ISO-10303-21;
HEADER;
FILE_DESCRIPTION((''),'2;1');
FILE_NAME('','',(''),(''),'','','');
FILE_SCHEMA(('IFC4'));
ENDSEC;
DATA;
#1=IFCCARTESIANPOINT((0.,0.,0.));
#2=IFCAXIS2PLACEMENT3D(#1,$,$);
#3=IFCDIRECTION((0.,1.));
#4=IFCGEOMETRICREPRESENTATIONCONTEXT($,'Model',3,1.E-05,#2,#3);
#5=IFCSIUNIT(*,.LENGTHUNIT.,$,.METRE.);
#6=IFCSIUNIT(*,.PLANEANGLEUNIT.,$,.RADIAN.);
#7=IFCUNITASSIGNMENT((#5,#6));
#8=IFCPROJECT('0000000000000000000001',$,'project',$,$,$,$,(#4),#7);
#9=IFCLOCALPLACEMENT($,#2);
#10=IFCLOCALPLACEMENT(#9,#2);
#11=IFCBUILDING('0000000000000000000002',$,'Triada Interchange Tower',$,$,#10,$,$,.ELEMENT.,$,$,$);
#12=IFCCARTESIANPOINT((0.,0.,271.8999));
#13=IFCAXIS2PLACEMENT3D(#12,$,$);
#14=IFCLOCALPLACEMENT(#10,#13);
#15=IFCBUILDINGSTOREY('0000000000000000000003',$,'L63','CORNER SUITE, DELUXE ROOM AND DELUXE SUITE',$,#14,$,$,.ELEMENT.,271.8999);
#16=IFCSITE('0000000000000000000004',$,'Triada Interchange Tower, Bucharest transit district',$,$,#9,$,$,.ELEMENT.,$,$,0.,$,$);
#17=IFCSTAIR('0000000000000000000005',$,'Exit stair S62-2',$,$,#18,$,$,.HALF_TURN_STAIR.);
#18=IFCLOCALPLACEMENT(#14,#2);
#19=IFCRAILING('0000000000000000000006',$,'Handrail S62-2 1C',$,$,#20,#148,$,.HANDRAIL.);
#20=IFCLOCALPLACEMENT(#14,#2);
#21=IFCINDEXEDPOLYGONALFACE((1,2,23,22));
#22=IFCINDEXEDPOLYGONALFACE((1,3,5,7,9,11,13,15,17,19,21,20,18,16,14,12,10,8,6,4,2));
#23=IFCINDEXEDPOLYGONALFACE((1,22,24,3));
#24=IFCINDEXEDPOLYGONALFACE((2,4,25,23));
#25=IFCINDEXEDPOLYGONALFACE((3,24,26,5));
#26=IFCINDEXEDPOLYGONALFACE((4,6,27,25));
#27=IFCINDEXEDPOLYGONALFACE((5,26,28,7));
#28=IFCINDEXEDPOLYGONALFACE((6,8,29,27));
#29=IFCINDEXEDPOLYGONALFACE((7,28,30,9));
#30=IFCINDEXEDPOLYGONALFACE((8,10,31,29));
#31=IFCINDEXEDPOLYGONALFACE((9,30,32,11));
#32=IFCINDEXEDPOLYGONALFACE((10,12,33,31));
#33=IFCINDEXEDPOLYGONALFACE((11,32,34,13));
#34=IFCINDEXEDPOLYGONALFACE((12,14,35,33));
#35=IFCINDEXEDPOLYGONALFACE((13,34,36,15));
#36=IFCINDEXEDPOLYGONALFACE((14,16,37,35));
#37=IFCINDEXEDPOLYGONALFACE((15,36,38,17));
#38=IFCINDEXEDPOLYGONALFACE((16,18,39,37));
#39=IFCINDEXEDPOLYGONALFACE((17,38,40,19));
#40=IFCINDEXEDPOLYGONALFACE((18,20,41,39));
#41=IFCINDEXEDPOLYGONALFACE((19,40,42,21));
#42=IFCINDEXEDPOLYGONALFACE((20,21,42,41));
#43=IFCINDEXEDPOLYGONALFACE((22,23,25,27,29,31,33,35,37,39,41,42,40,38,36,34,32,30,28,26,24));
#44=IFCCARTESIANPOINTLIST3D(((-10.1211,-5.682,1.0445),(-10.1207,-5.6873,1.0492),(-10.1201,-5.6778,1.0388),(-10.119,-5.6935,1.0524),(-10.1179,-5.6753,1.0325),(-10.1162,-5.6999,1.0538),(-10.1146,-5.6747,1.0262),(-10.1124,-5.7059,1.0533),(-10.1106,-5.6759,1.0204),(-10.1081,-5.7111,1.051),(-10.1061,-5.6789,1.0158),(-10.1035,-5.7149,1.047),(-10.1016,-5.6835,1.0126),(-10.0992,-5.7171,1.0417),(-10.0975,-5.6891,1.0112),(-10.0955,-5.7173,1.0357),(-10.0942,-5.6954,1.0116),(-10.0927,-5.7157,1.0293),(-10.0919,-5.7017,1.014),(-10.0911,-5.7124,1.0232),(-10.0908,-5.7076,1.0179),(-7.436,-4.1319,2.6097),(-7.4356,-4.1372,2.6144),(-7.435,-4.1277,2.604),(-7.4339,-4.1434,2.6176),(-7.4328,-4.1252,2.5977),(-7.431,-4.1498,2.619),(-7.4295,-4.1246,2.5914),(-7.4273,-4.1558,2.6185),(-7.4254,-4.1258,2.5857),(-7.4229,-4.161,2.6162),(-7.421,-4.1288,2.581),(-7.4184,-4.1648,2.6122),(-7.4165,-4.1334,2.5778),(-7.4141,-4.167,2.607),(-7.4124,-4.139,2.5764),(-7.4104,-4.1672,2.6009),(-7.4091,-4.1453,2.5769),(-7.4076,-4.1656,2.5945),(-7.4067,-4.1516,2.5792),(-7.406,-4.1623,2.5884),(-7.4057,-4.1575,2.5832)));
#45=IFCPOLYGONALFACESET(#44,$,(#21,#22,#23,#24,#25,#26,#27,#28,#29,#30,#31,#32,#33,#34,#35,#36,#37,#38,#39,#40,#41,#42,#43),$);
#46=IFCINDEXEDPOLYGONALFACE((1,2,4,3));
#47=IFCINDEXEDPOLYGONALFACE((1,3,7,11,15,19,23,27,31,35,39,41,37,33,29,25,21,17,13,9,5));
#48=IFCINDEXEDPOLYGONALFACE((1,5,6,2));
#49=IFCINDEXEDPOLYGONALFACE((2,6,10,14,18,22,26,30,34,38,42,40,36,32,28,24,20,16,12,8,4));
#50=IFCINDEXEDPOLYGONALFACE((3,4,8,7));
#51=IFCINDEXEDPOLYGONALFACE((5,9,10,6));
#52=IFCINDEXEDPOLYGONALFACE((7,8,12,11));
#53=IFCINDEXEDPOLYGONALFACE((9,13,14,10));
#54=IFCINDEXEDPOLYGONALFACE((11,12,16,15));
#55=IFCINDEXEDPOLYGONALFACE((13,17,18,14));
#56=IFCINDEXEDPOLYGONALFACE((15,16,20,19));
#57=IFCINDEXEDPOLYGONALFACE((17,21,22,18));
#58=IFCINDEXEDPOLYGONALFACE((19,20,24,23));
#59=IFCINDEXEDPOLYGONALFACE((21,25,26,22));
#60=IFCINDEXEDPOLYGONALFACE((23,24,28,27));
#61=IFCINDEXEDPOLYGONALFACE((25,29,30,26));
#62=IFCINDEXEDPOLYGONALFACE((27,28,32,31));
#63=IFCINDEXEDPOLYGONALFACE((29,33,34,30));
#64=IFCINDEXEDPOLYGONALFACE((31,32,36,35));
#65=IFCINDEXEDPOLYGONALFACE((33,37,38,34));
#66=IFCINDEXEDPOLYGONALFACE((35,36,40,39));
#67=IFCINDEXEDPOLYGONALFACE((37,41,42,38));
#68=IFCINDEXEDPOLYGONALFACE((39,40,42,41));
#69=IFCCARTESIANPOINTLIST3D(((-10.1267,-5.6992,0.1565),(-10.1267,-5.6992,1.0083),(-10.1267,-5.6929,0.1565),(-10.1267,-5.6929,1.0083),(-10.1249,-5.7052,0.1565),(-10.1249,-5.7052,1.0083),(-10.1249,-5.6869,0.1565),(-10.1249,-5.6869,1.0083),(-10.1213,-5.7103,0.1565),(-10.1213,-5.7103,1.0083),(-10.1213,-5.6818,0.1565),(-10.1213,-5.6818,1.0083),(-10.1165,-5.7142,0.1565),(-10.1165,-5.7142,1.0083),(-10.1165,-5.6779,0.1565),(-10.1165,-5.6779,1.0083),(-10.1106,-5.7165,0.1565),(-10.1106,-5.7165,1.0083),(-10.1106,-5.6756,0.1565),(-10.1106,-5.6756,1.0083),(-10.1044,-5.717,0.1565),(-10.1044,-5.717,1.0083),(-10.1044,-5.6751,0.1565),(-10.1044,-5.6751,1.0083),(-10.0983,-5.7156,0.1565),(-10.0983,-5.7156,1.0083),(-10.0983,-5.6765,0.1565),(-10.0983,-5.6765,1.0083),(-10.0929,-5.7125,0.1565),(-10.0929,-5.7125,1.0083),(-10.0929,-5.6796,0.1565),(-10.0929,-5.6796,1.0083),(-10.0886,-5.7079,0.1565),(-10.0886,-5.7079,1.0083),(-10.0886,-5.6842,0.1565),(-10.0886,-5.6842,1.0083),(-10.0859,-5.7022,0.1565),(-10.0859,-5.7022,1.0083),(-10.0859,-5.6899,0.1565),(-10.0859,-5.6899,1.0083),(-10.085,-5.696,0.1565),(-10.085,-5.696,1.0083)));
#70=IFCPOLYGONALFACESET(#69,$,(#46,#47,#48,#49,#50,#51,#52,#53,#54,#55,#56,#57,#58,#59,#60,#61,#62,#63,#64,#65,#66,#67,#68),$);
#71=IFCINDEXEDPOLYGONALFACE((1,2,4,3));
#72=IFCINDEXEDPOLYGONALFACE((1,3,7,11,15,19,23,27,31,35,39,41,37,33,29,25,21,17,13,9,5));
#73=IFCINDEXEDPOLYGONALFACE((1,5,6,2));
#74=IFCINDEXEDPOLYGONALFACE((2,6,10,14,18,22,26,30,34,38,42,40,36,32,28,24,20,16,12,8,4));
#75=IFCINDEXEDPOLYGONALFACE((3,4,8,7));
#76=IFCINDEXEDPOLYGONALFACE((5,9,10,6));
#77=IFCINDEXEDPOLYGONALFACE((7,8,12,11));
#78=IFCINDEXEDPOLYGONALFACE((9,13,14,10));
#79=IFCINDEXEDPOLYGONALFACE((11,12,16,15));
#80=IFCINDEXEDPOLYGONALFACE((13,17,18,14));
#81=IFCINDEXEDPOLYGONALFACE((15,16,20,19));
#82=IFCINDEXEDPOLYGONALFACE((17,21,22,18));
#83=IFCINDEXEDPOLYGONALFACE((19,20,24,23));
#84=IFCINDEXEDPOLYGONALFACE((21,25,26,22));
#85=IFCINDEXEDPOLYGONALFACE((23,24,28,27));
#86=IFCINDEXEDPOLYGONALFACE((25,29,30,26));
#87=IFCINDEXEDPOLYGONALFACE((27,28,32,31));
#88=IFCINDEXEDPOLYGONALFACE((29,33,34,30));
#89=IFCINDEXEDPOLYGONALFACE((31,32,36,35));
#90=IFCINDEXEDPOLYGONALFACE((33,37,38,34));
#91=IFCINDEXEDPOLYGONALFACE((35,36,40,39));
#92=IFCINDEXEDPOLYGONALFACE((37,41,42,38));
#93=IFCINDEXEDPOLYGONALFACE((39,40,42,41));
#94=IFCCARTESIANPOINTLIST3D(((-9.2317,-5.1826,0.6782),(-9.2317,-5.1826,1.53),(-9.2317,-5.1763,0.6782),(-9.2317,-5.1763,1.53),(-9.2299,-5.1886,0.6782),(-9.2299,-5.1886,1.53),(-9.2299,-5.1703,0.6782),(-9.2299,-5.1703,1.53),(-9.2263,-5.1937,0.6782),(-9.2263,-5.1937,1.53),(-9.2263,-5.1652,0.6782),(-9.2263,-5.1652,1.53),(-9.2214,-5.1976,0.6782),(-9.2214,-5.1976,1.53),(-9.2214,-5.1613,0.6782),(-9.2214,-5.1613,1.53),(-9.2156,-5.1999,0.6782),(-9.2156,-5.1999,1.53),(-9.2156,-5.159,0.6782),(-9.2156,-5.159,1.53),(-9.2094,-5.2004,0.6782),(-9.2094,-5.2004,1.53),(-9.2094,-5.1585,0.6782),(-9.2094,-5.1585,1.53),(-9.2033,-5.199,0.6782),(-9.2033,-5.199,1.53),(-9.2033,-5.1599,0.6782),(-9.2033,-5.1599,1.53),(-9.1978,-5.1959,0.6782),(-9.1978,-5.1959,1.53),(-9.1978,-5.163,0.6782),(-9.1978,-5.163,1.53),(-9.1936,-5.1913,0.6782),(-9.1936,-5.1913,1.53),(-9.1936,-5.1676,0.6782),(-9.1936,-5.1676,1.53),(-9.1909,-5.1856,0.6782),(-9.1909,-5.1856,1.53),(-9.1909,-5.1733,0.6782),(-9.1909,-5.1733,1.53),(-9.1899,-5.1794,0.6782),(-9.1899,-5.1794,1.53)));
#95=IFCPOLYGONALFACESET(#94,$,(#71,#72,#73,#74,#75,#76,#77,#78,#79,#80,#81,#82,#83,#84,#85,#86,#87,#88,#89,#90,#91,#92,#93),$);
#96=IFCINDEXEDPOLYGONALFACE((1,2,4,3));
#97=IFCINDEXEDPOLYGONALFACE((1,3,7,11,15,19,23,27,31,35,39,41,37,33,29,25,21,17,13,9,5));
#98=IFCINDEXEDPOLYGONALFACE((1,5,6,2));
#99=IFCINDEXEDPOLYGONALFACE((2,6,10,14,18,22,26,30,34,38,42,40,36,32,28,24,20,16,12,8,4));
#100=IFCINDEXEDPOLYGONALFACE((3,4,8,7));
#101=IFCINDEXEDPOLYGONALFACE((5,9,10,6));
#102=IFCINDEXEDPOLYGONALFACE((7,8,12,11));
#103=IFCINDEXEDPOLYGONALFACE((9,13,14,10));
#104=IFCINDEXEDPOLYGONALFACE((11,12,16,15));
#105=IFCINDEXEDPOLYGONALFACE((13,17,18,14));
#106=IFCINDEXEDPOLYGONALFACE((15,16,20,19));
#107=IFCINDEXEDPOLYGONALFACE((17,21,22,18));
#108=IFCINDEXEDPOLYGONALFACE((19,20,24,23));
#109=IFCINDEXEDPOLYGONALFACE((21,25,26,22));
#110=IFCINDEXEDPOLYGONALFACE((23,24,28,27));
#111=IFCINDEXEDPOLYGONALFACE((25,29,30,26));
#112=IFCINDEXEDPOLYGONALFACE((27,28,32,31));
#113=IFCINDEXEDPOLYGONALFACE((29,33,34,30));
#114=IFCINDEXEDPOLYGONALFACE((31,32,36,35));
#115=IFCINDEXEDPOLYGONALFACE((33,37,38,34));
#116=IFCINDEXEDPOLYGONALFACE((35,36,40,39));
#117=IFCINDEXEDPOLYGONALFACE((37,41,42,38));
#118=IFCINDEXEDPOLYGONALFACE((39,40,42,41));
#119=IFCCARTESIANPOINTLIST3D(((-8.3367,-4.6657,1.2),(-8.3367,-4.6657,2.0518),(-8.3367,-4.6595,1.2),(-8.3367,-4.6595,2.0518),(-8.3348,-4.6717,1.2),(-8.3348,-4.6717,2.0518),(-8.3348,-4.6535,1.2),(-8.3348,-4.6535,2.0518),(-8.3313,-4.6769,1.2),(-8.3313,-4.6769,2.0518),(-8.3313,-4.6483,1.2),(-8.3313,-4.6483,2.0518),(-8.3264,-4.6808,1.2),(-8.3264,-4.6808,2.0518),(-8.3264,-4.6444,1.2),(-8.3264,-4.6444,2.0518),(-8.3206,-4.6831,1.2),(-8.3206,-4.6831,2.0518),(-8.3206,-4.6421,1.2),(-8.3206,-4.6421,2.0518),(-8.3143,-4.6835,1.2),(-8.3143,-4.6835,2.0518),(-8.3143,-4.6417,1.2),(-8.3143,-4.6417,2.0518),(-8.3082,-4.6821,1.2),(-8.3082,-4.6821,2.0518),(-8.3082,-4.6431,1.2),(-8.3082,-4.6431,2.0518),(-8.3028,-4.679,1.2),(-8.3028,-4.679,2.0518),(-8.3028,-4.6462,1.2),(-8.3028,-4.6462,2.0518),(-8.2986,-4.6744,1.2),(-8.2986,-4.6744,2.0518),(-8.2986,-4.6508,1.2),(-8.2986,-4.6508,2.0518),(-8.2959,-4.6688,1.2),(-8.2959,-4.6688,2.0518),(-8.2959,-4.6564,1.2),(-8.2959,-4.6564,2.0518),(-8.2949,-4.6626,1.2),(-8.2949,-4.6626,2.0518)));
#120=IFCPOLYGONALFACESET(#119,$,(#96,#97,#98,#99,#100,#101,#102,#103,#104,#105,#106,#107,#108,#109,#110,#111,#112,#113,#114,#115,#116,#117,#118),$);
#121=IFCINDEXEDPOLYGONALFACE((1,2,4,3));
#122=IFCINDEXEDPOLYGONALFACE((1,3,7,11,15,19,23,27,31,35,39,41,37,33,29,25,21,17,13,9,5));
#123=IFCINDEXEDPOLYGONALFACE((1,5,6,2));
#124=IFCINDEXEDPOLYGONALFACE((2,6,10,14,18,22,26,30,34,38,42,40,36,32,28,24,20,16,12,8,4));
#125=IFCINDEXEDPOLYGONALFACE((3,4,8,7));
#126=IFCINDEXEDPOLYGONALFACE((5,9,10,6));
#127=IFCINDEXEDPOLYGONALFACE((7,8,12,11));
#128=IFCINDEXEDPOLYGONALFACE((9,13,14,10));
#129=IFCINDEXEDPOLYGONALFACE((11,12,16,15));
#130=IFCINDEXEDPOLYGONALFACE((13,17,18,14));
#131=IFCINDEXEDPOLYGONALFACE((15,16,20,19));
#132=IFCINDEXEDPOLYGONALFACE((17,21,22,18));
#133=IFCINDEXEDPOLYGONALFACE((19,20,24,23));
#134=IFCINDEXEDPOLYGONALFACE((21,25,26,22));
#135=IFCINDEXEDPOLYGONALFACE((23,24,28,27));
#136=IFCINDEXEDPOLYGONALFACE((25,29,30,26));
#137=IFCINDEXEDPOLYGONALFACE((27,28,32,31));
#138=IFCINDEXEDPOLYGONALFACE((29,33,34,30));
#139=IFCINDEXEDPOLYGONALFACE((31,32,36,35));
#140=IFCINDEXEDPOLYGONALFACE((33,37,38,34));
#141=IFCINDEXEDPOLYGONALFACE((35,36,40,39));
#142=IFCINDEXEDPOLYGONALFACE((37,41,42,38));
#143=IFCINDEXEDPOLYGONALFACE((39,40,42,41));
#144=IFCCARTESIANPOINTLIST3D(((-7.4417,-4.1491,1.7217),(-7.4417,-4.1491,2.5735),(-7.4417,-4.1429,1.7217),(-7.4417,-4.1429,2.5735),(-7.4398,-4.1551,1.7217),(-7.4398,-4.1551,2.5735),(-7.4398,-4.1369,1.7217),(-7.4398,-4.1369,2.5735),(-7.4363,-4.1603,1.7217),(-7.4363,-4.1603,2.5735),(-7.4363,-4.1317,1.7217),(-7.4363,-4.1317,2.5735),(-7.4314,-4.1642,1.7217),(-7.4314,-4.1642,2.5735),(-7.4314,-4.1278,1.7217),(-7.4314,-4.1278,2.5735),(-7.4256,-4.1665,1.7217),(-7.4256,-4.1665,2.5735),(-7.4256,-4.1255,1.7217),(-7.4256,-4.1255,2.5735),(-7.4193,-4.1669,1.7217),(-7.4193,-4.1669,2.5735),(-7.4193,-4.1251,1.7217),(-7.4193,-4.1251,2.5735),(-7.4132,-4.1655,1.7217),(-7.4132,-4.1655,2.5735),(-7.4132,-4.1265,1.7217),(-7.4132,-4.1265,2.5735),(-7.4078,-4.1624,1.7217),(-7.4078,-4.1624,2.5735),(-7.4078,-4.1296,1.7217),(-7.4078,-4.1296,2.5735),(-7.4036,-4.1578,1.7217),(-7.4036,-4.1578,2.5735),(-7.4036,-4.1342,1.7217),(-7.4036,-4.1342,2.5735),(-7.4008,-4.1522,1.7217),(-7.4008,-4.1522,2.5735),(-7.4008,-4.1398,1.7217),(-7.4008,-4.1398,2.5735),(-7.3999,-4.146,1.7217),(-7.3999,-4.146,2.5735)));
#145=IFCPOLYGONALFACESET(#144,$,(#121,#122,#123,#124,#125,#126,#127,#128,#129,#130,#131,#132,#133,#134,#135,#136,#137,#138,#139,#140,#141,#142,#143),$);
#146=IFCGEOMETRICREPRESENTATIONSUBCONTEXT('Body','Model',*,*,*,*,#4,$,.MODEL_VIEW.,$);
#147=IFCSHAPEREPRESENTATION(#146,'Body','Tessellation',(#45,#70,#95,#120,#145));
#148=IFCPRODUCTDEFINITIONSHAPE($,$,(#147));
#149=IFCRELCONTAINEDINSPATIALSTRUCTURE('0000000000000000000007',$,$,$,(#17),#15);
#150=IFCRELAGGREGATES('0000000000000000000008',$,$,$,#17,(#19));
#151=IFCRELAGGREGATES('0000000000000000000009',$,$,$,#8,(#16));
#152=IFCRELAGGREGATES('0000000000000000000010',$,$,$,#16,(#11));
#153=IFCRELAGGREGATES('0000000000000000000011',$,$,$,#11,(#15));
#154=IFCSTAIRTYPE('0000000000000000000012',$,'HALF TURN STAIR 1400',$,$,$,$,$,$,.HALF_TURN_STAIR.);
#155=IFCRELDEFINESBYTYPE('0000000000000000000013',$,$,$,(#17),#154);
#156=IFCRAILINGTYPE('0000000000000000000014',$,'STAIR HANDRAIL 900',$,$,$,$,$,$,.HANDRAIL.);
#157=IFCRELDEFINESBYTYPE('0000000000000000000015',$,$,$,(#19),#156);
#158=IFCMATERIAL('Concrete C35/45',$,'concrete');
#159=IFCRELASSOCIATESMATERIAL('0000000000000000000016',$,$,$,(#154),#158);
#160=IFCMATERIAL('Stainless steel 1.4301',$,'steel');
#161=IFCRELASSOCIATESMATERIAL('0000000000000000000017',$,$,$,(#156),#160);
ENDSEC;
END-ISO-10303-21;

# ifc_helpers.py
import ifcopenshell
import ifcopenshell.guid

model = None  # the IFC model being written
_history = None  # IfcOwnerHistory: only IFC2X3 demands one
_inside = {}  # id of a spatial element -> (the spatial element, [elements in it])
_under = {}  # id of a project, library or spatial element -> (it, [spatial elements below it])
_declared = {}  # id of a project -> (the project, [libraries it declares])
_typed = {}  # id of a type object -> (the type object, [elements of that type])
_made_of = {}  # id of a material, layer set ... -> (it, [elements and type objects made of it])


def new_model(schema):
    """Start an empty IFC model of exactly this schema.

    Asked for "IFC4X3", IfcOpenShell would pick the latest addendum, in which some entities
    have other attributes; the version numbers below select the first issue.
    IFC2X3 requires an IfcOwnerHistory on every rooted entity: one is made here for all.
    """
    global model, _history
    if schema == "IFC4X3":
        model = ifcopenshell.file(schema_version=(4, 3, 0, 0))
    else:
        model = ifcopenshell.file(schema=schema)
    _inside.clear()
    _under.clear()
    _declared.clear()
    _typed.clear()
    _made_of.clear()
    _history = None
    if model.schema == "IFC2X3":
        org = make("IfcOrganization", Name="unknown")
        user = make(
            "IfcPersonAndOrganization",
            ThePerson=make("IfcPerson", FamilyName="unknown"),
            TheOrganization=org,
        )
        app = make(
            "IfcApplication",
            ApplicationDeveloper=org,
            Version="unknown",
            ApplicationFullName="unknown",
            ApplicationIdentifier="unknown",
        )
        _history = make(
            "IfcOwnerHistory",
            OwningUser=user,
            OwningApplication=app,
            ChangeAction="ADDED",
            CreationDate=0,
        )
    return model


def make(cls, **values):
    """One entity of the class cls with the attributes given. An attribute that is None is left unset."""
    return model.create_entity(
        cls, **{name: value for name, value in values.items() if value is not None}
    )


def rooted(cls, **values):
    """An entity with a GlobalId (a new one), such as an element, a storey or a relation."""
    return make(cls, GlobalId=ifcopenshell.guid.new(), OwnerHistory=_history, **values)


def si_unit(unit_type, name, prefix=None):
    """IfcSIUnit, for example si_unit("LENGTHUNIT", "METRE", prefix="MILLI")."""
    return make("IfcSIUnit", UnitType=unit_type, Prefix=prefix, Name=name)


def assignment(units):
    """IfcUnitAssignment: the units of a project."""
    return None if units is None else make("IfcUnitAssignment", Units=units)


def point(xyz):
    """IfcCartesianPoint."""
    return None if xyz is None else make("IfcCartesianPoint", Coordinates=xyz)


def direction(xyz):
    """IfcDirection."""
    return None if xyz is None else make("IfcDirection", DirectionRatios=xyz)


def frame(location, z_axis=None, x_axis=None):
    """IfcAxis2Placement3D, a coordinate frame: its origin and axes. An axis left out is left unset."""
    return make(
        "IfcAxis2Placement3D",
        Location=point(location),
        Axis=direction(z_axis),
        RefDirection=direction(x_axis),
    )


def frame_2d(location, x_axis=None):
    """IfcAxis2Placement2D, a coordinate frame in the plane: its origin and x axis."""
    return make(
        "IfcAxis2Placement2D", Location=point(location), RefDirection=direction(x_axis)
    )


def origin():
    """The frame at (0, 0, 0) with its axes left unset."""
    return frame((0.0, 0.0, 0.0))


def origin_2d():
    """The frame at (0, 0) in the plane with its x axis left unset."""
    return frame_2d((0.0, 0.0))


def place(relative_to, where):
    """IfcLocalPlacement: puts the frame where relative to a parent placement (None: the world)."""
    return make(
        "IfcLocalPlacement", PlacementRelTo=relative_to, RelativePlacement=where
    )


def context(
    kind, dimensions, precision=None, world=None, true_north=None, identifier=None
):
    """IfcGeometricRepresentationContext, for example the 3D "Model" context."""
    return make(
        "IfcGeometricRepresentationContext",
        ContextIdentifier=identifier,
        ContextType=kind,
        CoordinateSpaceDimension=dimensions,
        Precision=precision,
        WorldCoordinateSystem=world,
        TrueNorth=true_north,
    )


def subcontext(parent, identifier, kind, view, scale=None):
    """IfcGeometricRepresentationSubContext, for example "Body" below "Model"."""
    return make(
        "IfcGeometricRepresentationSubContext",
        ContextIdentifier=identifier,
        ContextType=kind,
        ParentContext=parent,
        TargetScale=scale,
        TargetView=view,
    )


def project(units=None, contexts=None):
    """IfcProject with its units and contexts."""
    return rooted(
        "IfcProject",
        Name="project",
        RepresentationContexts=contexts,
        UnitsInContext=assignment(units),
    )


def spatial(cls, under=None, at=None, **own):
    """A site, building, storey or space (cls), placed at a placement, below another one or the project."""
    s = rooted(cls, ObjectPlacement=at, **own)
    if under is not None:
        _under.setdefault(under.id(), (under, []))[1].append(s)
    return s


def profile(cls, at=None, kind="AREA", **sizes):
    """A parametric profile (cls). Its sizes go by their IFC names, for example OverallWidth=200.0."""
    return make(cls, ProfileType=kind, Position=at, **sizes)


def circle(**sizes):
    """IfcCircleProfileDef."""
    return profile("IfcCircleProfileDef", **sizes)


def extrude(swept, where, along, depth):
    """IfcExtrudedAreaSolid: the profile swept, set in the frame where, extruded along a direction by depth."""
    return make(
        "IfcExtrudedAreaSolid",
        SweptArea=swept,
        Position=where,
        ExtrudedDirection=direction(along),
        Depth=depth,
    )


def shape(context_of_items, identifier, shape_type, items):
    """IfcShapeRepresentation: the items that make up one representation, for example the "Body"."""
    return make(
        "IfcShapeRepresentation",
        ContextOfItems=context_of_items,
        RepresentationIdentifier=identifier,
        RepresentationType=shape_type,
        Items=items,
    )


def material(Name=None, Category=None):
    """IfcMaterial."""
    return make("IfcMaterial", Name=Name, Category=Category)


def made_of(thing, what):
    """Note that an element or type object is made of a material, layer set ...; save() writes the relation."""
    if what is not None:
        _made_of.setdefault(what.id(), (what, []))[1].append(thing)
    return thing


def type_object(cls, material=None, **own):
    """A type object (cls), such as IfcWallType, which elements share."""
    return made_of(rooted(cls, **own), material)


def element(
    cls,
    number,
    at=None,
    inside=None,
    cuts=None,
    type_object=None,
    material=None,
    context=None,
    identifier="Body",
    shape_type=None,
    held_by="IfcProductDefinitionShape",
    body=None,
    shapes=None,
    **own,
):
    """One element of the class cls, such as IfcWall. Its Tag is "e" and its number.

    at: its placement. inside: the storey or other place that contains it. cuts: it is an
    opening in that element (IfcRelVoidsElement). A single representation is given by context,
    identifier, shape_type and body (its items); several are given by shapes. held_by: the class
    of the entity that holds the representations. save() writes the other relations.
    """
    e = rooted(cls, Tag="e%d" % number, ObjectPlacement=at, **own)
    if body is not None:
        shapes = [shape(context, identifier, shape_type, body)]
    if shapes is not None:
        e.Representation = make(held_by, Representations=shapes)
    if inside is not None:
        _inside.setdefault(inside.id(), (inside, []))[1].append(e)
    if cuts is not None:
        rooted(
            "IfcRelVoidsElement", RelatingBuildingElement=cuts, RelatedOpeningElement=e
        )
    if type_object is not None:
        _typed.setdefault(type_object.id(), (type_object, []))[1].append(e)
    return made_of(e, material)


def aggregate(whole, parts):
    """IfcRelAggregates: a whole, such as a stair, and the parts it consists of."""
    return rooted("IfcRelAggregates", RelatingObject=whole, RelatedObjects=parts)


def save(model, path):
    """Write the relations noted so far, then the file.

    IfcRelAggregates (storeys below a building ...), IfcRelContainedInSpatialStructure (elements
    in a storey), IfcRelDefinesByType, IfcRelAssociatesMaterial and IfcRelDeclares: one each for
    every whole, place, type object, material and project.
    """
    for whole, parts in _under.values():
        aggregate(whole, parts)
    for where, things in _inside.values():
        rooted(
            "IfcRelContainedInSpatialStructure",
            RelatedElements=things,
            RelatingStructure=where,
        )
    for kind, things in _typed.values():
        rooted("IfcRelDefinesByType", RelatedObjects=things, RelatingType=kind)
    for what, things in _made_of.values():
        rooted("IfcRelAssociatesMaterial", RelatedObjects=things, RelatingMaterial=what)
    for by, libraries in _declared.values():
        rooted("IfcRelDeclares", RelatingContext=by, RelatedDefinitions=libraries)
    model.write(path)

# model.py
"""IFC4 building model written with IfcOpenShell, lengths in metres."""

from ifc_helpers import new_model, si_unit, direction, frame, origin, origin_2d, place, context, subcontext, project, spatial, circle, extrude, material, type_object, element, aggregate, save


model = new_model("IFC4")

# Units and contexts
model_context = context("Model", 3, precision=1e-05, world=origin(), true_north=direction((0.0, 1.0)))
body_context = subcontext(model_context, "Body", "Model", "MODEL_VIEW")
ifc_project = project(units=[si_unit("LENGTHUNIT", "METRE"), si_unit("PLANEANGLEUNIT", "RADIAN")], contexts=[model_context])

# Site, building, storey
site_placement = place(None, origin())
site = spatial("IfcSite", under=ifc_project, at=site_placement, Name="Triada Interchange Tower, Bucharest transit district", CompositionType="ELEMENT", RefElevation=0.0)
building_placement = place(site_placement, origin())
building = spatial("IfcBuilding", under=site, at=building_placement, Name="Triada Interchange Tower", CompositionType="ELEMENT")
storey_placement = place(building_placement, frame((0.0, 0.0, 271.8999)))
storey = spatial("IfcBuildingStorey", under=building, at=storey_placement, Name="L63", Description="CORNER SUITE, DELUXE ROOM AND DELUXE SUITE", CompositionType="ELEMENT", Elevation=271.8999)

# Stair, railing
ifc_material_1 = material(Name="Concrete C35/45", Category="concrete")
stair_type = type_object("IfcStairType", Name="HALF TURN STAIR 1400", PredefinedType="HALF_TURN_STAIR", material=ifc_material_1)
stair_placement = place(storey_placement, origin())
stair = element("IfcStair", 1, at=stair_placement, inside=storey, type_object=stair_type, Name="Exit stair S62-2", PredefinedType="HALF_TURN_STAIR")
ifc_material_2 = material(Name="Stainless steel 1.4301", Category="steel")
railing_type = type_object("IfcRailingType", Name="STAIR HANDRAIL 900", PredefinedType="HANDRAIL", material=ifc_material_2)
railing_1_placement = place(storey_placement, frame((-10.106, -5.696, 0.1565)))
railing_1 = element("IfcRailing", 2, at=railing_1_placement, type_object=railing_type, Name="Handrail S62-2 1C", PredefinedType="HANDRAIL", context=body_context, shape_type="SweptSolid", body=[
    extrude(circle(Radius=0.0239, at=origin_2d()), frame((0.0, 0.0, 0.876), z_axis=(0.773115, 0.446309, 0.450667), x_axis=(-0.499959, 0.866049, 0.0)), (0.0, 0.0, 1.0), 3.4731),
    extrude(circle(Radius=0.021, at=origin_2d()), origin(), (0.0, 0.0, 1.0), 0.8518),
    extrude(circle(Radius=0.021, at=origin_2d()), frame((0.895, 0.5166, 0.5217)), (0.0, 0.0, 1.0), 0.8518),
    extrude(circle(Radius=0.021, at=origin_2d()), frame((1.79, 1.0334, 1.0435)), (0.0, 0.0, 1.0), 0.8518),
    extrude(circle(Radius=0.021, at=origin_2d()), frame((2.6851, 1.55, 1.5652)), (0.0, 0.0, 1.0), 0.8518),
])
aggregate(stair, [railing_1])

save(model, "model.ifc")
